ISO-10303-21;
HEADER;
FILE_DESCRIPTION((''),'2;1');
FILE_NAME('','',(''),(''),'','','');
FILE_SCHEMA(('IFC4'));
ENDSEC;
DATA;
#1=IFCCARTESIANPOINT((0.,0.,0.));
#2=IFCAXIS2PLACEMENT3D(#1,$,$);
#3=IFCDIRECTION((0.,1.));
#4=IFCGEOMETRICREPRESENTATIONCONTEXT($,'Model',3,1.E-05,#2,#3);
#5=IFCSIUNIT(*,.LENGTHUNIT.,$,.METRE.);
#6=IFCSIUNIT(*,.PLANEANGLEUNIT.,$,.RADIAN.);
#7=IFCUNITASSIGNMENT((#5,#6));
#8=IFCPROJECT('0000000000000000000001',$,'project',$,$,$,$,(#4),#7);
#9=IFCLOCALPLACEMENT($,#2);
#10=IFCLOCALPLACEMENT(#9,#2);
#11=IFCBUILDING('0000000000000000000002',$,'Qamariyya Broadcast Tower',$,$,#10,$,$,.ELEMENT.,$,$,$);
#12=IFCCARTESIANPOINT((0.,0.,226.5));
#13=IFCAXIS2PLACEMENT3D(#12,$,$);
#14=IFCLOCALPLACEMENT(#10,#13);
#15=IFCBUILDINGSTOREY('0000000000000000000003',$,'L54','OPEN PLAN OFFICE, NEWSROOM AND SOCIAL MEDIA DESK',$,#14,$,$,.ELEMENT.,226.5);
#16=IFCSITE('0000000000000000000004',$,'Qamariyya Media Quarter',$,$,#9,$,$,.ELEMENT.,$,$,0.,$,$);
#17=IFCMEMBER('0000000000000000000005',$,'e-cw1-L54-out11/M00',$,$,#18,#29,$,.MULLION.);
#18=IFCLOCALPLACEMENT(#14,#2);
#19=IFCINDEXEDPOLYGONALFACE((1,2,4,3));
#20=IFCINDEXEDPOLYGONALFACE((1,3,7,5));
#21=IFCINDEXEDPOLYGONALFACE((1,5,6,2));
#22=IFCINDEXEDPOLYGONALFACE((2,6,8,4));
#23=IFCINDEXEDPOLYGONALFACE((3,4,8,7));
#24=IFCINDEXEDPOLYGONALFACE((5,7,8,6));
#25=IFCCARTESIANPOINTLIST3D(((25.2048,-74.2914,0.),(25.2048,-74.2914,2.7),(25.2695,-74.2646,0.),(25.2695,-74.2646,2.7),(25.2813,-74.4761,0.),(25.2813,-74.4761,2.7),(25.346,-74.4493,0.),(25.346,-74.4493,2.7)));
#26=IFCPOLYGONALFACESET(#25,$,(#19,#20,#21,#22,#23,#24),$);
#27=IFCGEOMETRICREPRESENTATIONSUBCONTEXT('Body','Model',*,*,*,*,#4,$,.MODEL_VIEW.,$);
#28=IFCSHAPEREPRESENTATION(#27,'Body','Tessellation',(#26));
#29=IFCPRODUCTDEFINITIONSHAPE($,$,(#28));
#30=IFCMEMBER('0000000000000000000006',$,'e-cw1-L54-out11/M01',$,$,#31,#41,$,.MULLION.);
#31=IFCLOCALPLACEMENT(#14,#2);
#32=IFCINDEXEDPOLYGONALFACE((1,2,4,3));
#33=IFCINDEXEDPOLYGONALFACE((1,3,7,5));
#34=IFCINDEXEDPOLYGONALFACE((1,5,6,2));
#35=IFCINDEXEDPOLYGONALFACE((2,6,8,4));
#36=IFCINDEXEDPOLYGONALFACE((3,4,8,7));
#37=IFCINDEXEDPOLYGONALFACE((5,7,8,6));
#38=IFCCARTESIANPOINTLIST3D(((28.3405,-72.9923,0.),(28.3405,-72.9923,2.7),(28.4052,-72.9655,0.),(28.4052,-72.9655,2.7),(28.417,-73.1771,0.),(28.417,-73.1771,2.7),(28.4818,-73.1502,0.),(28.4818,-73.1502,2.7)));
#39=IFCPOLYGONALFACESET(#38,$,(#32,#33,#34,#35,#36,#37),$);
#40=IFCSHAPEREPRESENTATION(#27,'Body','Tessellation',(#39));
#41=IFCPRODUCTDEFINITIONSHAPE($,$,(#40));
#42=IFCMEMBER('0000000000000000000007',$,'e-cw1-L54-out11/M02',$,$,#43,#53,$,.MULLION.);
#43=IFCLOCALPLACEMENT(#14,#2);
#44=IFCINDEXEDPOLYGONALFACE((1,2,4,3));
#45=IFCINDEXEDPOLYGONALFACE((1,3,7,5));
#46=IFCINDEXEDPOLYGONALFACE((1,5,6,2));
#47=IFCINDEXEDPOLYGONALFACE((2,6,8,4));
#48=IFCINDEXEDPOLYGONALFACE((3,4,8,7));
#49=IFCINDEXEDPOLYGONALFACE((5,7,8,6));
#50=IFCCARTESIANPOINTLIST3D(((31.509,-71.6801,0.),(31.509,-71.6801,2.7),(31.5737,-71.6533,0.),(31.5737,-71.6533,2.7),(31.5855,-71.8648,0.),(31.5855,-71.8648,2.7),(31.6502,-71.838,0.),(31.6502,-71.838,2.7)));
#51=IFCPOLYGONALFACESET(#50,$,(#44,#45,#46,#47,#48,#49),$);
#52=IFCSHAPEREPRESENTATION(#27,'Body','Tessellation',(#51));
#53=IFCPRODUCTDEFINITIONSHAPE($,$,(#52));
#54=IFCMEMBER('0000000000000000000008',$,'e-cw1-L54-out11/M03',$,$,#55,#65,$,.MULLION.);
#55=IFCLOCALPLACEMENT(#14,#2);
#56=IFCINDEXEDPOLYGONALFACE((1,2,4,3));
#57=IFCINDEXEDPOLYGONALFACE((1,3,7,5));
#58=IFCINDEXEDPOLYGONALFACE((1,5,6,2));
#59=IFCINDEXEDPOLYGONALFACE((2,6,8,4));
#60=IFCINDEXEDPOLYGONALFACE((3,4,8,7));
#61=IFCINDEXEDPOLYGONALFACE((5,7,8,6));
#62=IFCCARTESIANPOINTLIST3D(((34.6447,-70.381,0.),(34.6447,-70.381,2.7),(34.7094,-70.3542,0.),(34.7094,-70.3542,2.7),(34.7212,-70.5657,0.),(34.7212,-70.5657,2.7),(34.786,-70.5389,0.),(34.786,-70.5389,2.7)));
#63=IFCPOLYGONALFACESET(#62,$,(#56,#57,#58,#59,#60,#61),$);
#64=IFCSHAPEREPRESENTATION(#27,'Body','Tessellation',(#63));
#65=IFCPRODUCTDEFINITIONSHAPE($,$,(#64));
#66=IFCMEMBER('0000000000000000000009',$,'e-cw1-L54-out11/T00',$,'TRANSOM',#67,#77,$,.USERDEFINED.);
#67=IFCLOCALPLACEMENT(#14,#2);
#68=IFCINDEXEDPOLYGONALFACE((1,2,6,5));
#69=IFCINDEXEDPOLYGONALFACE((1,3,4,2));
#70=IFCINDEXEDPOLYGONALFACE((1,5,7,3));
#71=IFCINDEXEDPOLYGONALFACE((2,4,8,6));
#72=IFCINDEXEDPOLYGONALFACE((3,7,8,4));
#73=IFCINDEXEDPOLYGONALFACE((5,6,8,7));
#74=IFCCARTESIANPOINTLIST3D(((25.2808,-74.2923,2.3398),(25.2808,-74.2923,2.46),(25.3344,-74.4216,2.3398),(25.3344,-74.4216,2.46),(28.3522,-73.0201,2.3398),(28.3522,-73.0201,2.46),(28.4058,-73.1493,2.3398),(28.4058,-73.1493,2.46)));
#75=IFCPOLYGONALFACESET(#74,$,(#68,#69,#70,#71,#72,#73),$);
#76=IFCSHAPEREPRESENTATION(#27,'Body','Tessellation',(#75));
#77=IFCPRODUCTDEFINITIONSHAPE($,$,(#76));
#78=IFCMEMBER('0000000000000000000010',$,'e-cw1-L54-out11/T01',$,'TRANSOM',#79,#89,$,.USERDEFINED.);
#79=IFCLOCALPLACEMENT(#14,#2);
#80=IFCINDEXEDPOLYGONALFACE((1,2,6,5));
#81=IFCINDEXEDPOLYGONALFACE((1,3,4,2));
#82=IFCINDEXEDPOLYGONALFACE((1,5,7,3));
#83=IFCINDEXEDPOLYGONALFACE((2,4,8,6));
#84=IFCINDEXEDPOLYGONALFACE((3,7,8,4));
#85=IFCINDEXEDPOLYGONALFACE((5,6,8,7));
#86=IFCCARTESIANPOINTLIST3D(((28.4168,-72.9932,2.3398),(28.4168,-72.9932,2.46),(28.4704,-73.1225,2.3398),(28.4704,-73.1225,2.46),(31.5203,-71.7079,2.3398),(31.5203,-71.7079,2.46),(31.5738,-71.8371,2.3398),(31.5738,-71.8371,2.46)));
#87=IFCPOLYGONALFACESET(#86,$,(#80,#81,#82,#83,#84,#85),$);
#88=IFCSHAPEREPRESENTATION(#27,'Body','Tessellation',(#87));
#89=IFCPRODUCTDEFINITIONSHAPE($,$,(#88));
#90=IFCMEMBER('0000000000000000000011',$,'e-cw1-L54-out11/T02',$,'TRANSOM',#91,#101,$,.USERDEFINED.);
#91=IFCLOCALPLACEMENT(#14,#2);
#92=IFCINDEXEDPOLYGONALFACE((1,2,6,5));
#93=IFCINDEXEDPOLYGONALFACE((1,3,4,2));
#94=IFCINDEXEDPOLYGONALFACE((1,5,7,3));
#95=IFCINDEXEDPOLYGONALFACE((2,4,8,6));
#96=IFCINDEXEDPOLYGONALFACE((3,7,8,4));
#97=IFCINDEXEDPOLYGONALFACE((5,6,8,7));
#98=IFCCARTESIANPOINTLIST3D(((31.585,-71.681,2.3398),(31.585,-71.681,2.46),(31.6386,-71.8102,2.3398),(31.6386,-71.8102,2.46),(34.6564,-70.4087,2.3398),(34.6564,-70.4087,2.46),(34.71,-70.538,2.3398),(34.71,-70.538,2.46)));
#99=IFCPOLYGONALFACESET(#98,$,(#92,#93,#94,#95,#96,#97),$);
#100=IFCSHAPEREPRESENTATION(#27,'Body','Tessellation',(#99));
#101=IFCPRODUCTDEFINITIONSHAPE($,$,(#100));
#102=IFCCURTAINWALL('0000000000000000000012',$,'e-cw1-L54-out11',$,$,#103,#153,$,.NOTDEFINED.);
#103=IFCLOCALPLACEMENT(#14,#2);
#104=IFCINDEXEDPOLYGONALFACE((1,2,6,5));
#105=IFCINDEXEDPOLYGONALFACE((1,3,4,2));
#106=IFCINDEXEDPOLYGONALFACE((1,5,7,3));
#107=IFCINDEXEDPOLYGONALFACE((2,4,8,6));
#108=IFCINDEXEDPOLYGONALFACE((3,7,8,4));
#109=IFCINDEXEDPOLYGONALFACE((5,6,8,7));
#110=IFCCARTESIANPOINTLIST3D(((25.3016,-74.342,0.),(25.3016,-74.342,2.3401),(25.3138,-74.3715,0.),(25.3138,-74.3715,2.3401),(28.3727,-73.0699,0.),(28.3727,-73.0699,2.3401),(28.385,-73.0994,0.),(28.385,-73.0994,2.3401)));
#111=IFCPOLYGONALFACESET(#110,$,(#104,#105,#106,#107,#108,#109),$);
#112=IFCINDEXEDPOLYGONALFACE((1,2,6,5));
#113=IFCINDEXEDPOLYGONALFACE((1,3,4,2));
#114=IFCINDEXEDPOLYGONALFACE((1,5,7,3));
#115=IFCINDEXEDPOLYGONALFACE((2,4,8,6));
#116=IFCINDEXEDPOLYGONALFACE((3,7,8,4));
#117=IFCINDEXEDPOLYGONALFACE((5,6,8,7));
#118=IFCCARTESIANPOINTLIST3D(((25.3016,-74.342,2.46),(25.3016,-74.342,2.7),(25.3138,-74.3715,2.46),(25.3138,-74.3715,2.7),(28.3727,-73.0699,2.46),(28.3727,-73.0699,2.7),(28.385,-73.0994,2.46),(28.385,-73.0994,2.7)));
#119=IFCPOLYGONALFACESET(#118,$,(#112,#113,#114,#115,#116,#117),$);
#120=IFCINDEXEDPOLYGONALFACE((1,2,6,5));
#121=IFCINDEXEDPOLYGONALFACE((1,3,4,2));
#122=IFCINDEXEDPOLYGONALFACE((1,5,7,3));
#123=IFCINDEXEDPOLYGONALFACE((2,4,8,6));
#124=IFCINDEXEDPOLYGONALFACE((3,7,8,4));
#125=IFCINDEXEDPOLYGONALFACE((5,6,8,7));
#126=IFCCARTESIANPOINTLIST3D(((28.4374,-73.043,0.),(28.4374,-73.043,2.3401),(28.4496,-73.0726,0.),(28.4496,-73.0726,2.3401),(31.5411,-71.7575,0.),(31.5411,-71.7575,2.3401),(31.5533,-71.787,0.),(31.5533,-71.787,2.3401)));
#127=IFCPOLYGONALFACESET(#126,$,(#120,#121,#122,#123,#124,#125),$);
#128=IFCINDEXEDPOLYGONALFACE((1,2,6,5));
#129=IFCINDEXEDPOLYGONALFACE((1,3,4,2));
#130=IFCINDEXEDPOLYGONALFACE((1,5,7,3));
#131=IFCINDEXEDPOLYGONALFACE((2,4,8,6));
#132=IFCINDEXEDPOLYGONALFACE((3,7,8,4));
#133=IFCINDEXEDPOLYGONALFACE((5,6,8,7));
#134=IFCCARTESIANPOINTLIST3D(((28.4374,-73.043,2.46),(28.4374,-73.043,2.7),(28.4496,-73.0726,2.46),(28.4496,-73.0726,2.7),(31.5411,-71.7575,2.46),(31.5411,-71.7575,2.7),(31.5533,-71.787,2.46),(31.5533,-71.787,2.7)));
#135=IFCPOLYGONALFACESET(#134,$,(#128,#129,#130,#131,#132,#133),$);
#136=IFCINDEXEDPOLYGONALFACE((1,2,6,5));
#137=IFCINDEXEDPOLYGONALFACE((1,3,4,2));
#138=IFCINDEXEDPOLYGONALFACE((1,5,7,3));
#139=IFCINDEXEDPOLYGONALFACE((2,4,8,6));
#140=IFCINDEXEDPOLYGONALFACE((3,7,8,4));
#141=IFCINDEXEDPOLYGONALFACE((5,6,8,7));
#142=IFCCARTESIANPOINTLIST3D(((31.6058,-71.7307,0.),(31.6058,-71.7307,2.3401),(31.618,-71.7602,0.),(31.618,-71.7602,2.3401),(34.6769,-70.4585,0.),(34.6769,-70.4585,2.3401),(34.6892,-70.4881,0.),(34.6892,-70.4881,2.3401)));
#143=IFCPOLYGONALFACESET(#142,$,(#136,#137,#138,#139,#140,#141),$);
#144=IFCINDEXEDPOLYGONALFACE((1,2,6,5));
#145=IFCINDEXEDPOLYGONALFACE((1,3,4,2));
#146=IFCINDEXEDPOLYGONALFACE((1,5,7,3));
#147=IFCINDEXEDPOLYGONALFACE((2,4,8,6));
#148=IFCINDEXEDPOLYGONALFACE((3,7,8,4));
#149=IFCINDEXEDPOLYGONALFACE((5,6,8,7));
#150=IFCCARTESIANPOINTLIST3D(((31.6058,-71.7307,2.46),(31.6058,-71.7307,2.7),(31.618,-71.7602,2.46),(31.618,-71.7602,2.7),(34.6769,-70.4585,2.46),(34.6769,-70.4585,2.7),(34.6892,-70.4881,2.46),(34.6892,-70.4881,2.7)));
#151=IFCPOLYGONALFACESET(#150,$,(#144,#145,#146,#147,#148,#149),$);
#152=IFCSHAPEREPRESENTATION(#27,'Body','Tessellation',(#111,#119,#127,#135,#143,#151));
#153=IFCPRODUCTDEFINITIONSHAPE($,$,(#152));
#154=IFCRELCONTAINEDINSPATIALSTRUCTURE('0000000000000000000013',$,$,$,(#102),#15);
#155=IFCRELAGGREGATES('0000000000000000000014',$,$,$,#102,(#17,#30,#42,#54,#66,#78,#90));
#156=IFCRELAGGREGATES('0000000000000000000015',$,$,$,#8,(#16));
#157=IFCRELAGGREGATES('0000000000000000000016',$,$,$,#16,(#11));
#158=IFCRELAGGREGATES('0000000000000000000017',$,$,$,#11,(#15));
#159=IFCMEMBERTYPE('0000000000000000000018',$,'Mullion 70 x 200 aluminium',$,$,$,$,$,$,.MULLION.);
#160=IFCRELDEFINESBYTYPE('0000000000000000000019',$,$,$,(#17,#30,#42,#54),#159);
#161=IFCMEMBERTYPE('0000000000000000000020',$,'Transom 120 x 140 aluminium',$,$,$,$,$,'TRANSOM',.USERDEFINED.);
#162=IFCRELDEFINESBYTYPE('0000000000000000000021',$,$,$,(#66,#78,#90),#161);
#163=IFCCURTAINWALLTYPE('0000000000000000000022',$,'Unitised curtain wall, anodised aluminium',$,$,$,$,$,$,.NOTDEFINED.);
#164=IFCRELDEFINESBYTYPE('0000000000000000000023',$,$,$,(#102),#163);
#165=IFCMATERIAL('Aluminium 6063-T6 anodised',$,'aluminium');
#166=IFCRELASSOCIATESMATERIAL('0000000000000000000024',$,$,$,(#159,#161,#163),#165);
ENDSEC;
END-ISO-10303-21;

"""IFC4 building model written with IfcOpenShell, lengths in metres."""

from ifc_helpers import new_model, si_unit, direction, frame, origin, origin_2d, place, context, subcontext, project, spatial, rectangle, extrude, material, material_profile, profile_set, type_object, element, aggregate, save


model = new_model("IFC4")

# Units and contexts
model_context = context("Model", 3, precision=1e-05, world=origin(), true_north=direction((0.0, 1.0)))
body_context = subcontext(model_context, "Body", "Model", "MODEL_VIEW")
ifc_project = project(units=[si_unit("LENGTHUNIT", "METRE"), si_unit("PLANEANGLEUNIT", "RADIAN")], contexts=[model_context])

# Members
ifc_material = material(Name="Aluminium 6063-T6 anodised", Category="aluminium")
ifc_material_profile_1 = material_profile(ifc_material, rectangle(XDim=0.2, YDim=0.0701, at=origin_2d()))
ifc_profile_set_1 = profile_set([ifc_material_profile_1], Name="Aluminium 6063-T6 anodised")
member_type_1 = type_object("IfcMemberType", Name="Mullion 70 x 200 aluminium", PredefinedType="MULLION", material=ifc_profile_set_1)
site_placement = place(None, origin())
building_placement = place(site_placement, origin())
storey_placement = place(building_placement, frame((0.0, 0.0, 226.5)))
member_1_placement = place(storey_placement, frame((25.2754, -74.3704, 0.0), z_axis=(0.0, 0.0, 1.0), x_axis=(-0.382683, 0.92388, 0.0)))
member_1 = element("IfcMember", 1, at=member_1_placement, type_object=member_type_1, Name="e-cw1-L54-out11/M00", PredefinedType="MULLION", context=body_context, shape_type="SweptSolid", body=[
    extrude(rectangle(XDim=0.2, YDim=0.0701, at=origin_2d()), origin(), (0.0, 0.0, 1.0), 2.7),
])
member_2_placement = place(storey_placement, frame((28.4111, -73.0713, 0.0), z_axis=(0.0, 0.0, 1.0), x_axis=(-0.382683, 0.92388, 0.0)))
member_2 = element("IfcMember", 2, at=member_2_placement, type_object=member_type_1, Name="e-cw1-L54-out11/M01", PredefinedType="MULLION", context=body_context, shape_type="SweptSolid", body=[
    extrude(rectangle(XDim=0.2, YDim=0.0701, at=origin_2d()), origin(), (0.0, 0.0, 1.0), 2.7),
])
member_3_placement = place(storey_placement, frame((31.5796, -71.759, 0.0), z_axis=(0.0, 0.0, 1.0), x_axis=(-0.382683, 0.92388, 0.0)))
member_3 = element("IfcMember", 3, at=member_3_placement, type_object=member_type_1, Name="e-cw1-L54-out11/M02", PredefinedType="MULLION", context=body_context, shape_type="SweptSolid", body=[
    extrude(rectangle(XDim=0.2, YDim=0.0701, at=origin_2d()), origin(), (0.0, 0.0, 1.0), 2.7),
])
member_4_placement = place(storey_placement, frame((34.7153, -70.46, 0.0), z_axis=(0.0, 0.0, 1.0), x_axis=(-0.382683, 0.92388, 0.0)))
member_4 = element("IfcMember", 4, at=member_4_placement, type_object=member_type_1, Name="e-cw1-L54-out11/M03", PredefinedType="MULLION", context=body_context, shape_type="SweptSolid", body=[
    extrude(rectangle(XDim=0.2, YDim=0.0701, at=origin_2d()), origin(), (0.0, 0.0, 1.0), 2.7),
])
ifc_material_profile_2 = material_profile(ifc_material, rectangle(XDim=0.1399, YDim=0.1201, at=origin_2d()))
ifc_profile_set_2 = profile_set([ifc_material_profile_2], Name="Aluminium 6063-T6 anodised")
member_type_2 = type_object("IfcMemberType", Name="Transom 120 x 140 aluminium", ElementType="TRANSOM", PredefinedType="USERDEFINED", material=ifc_profile_set_2)
member_5_placement = place(storey_placement, frame((25.3076, -74.3569, 2.3999), z_axis=(0.923875, 0.382696, 0.0), x_axis=(-0.382696, 0.923875, 0.0)))
member_5 = element("IfcMember", 5, at=member_5_placement, type_object=member_type_2, Name="e-cw1-L54-out11/T00", ObjectType="TRANSOM", PredefinedType="USERDEFINED", context=body_context, shape_type="SweptSolid", body=[
    extrude(rectangle(XDim=0.1399, YDim=0.1201, at=origin_2d()), origin(), (0.0, 0.0, 1.0), 3.3245),
])
member_6_placement = place(storey_placement, frame((28.4436, -73.0579, 2.3999), z_axis=(0.923892, 0.382653, 0.0), x_axis=(-0.382653, 0.923892, 0.0)))
member_6 = element("IfcMember", 6, at=member_6_placement, type_object=member_type_2, Name="e-cw1-L54-out11/T01", ObjectType="TRANSOM", PredefinedType="USERDEFINED", context=body_context, shape_type="SweptSolid", body=[
    extrude(rectangle(XDim=0.1399, YDim=0.1201, at=origin_2d()), origin(), (0.0, 0.0, 1.0), 3.3591),
])
member_7_placement = place(storey_placement, frame((31.6118, -71.7456, 2.3999), z_axis=(0.923875, 0.382696, 0.0), x_axis=(-0.382696, 0.923875, 0.0)))
member_7 = element("IfcMember", 7, at=member_7_placement, type_object=member_type_2, Name="e-cw1-L54-out11/T02", ObjectType="TRANSOM", PredefinedType="USERDEFINED", context=body_context, shape_type="SweptSolid", body=[
    extrude(rectangle(XDim=0.1399, YDim=0.1201, at=origin_2d()), origin(), (0.0, 0.0, 1.0), 3.3245),
])

# Site, building, storey
site = spatial("IfcSite", under=ifc_project, at=site_placement, Name="Qamariyya Media Quarter", CompositionType="ELEMENT", RefElevation=0.0)
building = spatial("IfcBuilding", under=site, at=building_placement, Name="Qamariyya Broadcast Tower", CompositionType="ELEMENT")
storey = spatial("IfcBuildingStorey", under=building, at=storey_placement, Name="L54", Description="OPEN PLAN OFFICE, NEWSROOM AND SOCIAL MEDIA DESK", CompositionType="ELEMENT", Elevation=226.5)

# Curtain wall
curtain_wall_type = type_object("IfcCurtainWallType", Name="Unitised curtain wall, anodised aluminium", PredefinedType="NOTDEFINED", material=ifc_material)
curtain_wall_1_placement = place(storey_placement, origin())
curtain_wall_1 = element("IfcCurtainWall", 8, at=curtain_wall_1_placement, inside=storey, type_object=curtain_wall_type, Name="e-cw1-L54-out11", PredefinedType="NOTDEFINED", context=body_context, shape_type="SweptSolid", body=[
    extrude(rectangle(XDim=3.3242, YDim=0.032, at=origin_2d()), frame((26.8433, -73.7207, 0.0), x_axis=(0.923881, 0.38268, 0.0)), (0.0, 0.0, 1.0), 2.3401),
    extrude(rectangle(XDim=3.3242, YDim=0.032, at=origin_2d()), frame((26.8433, -73.7207, 2.46), x_axis=(0.923881, 0.38268, 0.0)), (0.0, 0.0, 1.0), 0.24),
    extrude(rectangle(XDim=3.3594, YDim=0.032, at=origin_2d()), frame((29.9954, -72.415, 0.0), x_axis=(0.923881, 0.38268, 0.0)), (0.0, 0.0, 1.0), 2.3401),
    extrude(rectangle(XDim=3.3594, YDim=0.032, at=origin_2d()), frame((29.9954, -72.415, 2.46), x_axis=(0.923881, 0.38268, 0.0)), (0.0, 0.0, 1.0), 0.24),
    extrude(rectangle(XDim=3.3242, YDim=0.032, at=origin_2d()), frame((33.1475, -71.1094, 0.0), x_axis=(0.923881, 0.38268, 0.0)), (0.0, 0.0, 1.0), 2.3401),
    extrude(rectangle(XDim=3.3242, YDim=0.032, at=origin_2d()), frame((33.1475, -71.1094, 2.46), x_axis=(0.923881, 0.38268, 0.0)), (0.0, 0.0, 1.0), 0.24),
])
aggregate(curtain_wall_1, [member_1, member_2, member_3, member_4, member_5, member_6, member_7])

save(model, "model.ifc")
